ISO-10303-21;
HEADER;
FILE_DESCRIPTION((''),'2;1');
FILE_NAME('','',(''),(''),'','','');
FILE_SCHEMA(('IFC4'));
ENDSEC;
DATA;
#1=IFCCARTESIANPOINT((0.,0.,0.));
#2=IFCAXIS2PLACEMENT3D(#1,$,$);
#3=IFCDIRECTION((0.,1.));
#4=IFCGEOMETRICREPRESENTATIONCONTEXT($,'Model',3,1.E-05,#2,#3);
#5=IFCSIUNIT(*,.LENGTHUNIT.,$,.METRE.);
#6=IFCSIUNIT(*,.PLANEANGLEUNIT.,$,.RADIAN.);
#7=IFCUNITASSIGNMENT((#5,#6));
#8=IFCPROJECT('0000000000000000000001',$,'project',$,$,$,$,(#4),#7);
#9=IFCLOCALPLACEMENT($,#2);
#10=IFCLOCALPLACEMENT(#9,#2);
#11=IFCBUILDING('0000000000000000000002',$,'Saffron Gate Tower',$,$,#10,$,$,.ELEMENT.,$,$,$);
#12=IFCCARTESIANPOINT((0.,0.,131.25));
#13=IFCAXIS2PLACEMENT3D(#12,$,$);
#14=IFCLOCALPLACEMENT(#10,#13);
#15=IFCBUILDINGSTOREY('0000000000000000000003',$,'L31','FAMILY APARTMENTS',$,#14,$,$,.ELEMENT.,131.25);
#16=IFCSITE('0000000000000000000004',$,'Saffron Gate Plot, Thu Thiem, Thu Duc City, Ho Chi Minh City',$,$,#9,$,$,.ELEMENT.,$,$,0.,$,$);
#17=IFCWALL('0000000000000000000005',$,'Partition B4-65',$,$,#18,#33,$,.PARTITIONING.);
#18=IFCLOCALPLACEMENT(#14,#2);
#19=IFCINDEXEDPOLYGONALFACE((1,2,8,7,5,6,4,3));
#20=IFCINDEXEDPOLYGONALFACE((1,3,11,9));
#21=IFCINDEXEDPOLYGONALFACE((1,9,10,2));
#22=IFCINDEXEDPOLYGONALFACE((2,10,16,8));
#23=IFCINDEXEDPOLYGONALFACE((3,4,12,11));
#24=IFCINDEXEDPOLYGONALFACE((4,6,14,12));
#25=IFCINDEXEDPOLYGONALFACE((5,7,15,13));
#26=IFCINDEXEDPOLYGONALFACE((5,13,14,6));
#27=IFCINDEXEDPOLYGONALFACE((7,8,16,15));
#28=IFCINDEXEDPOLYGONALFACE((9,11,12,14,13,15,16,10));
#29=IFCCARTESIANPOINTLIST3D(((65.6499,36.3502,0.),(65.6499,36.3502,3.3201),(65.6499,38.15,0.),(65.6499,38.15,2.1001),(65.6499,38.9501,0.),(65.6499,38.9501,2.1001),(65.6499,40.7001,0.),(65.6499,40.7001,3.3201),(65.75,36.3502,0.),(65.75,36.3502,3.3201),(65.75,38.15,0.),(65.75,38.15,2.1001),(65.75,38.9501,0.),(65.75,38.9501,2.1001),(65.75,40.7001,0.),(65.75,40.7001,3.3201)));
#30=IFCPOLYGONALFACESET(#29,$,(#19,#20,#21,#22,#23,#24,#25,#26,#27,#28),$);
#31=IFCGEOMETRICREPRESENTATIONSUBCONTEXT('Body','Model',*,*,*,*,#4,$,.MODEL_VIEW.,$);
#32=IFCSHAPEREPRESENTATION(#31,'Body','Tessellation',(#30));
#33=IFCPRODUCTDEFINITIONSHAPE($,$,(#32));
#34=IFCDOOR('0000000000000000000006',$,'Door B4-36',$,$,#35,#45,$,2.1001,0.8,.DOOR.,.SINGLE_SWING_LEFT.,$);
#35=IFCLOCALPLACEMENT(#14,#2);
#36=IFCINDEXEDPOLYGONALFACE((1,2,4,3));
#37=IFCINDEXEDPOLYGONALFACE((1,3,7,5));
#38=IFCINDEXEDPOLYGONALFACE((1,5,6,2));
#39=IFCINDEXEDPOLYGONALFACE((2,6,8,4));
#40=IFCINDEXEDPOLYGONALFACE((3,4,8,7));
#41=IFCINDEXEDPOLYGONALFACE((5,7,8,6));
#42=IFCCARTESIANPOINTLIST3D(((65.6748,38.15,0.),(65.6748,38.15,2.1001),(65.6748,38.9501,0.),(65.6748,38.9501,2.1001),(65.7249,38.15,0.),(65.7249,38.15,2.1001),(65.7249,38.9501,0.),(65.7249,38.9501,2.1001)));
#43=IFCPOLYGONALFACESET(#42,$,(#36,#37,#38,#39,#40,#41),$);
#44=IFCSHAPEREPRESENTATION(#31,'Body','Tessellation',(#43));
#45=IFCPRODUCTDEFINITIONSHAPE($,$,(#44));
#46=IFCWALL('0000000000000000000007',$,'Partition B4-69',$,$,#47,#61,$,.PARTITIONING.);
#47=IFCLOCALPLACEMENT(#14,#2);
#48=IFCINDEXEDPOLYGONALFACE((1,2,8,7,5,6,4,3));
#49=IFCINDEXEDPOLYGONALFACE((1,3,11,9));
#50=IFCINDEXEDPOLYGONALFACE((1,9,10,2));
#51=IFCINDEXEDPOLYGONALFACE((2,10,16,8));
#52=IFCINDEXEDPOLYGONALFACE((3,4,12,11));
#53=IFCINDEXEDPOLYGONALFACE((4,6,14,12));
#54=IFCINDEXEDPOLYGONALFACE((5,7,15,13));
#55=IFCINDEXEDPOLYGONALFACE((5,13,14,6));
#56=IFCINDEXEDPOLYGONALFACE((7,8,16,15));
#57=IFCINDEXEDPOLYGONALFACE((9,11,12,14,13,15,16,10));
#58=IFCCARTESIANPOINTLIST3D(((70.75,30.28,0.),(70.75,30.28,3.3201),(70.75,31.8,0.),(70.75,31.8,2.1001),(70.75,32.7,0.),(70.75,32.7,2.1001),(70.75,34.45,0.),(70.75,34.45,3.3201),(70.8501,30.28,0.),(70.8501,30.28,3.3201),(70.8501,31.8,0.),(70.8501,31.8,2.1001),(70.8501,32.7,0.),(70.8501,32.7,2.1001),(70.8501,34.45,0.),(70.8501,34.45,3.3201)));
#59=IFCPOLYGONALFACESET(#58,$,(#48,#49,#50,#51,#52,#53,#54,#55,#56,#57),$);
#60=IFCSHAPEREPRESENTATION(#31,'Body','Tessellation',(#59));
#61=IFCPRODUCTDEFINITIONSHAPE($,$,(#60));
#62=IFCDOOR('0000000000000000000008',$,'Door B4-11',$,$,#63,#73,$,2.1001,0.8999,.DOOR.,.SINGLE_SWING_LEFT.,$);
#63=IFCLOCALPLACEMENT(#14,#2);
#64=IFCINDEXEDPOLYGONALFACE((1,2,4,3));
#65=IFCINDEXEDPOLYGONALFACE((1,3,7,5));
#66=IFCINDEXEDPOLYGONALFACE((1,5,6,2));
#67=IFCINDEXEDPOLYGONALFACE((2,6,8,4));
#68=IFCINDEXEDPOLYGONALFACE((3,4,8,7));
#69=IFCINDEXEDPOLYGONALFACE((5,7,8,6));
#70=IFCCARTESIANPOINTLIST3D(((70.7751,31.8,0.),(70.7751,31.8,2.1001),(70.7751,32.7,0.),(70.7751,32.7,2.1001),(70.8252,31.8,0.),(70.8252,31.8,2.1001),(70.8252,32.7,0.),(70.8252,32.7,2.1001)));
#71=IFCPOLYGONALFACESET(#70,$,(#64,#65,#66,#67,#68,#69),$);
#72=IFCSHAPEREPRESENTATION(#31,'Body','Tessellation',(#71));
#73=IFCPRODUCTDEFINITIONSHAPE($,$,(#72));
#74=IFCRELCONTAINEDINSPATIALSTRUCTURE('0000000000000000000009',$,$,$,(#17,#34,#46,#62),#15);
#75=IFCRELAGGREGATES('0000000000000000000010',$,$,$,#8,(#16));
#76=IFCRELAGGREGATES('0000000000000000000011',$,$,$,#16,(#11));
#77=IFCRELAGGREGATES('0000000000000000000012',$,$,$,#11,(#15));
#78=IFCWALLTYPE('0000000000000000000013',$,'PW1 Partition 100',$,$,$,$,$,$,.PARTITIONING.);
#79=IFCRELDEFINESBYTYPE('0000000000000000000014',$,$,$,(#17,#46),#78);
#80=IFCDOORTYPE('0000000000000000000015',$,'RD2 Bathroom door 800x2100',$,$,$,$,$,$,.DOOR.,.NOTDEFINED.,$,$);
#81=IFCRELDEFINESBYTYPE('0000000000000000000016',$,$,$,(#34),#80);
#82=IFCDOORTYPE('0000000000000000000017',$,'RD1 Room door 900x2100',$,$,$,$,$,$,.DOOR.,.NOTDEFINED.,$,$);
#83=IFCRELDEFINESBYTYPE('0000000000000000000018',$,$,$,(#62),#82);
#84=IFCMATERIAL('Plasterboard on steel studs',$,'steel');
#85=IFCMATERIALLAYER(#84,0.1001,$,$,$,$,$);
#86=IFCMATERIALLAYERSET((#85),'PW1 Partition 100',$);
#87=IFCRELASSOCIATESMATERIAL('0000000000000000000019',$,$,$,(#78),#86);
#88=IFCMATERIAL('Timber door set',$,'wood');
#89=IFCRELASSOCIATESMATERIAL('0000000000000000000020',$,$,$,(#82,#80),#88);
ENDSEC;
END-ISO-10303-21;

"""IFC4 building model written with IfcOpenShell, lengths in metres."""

from ifc_helpers import new_model, si_unit, direction, frame, frame_2d, origin, place, context, subcontext, project, spatial, rectangle, extrude, material, layer, layer_set, type_object, element, fill, save


model = new_model("IFC4")

# Units and contexts
model_context = context("Model", 3, precision=1e-05, world=origin(), true_north=direction((0.0, 1.0)))
body_context = subcontext(model_context, "Body", "Model", "MODEL_VIEW")
ifc_project = project(units=[si_unit("LENGTHUNIT", "METRE"), si_unit("PLANEANGLEUNIT", "RADIAN")], contexts=[model_context])

# Site, building, storey
site_placement = place(None, origin())
site = spatial("IfcSite", under=ifc_project, at=site_placement, Name="Saffron Gate Plot, Thu Thiem, Thu Duc City, Ho Chi Minh City", CompositionType="ELEMENT", RefElevation=0.0)
building_placement = place(site_placement, origin())
building = spatial("IfcBuilding", under=site, at=building_placement, Name="Saffron Gate Tower", CompositionType="ELEMENT")
storey_placement = place(building_placement, frame((0.0, 0.0, 131.25)))
storey = spatial("IfcBuildingStorey", under=building, at=storey_placement, Name="L31", Description="FAMILY APARTMENTS", CompositionType="ELEMENT", Elevation=131.25)

# Shared definitions
ifc_material_1 = material(Name="Plasterboard on steel studs", Category="steel")
ifc_layer = layer(ifc_material_1, 0.1001)
ifc_layer_set = layer_set([ifc_layer], Name="PW1 Partition 100")
wall_type = type_object("IfcWallType", Name="PW1 Partition 100", PredefinedType="PARTITIONING", material=ifc_layer_set)
ifc_material_2 = material(Name="Timber door set", Category="wood")
door_type_1 = type_object("IfcDoorType", Name="RD1 Room door 900x2100", OperationType="NOTDEFINED", PredefinedType="DOOR", material=ifc_material_2)

# Shared definitions
door_type_2 = type_object("IfcDoorType", Name="RD2 Bathroom door 800x2100", OperationType="NOTDEFINED", PredefinedType="DOOR", material=ifc_material_2)

# Walls, openings, doors
wall_1_placement = place(storey_placement, frame((65.7, 40.7, 0.0), z_axis=(0.0, 0.0, 1.0), x_axis=(0.0, -1.0, 0.0)))
wall_1 = element("IfcWall", 1, at=wall_1_placement, inside=storey, type_object=wall_type, Name="Partition B4-65", PredefinedType="PARTITIONING", context=body_context, shape_type="SweptSolid", body=[
    extrude(rectangle(XDim=4.3499, YDim=0.1001, at=frame_2d((2.1748, 0.0))), origin(), (0.0, 0.0, 1.0), 3.3201),
])
opening_1_placement = place(wall_1_placement, frame((1.75, 0.0, 0.0)))
opening_1 = element("IfcOpeningElement", 2, at=opening_1_placement, cuts=wall_1, PredefinedType="OPENING", context=body_context, shape_type="SweptSolid", body=[
    extrude(rectangle(XDim=0.8, YDim=2.1001, at=frame_2d((0.3999, 1.05))), frame((0.0, 0.0601, 0.0), z_axis=(0.0, -1.0, 0.0), x_axis=(1.0, 0.0, 0.0)), (0.0, 0.0, 1.0), 0.1201),
])
door_1_placement = place(opening_1_placement, origin())
door_1 = element("IfcDoor", 3, at=door_1_placement, inside=storey, type_object=door_type_2, Name="Door B4-36", OperationType="SINGLE_SWING_LEFT", OverallHeight=2.1001, OverallWidth=0.8, PredefinedType="DOOR", context=body_context, shape_type="SweptSolid", body=[
    extrude(rectangle(XDim=0.8, YDim=2.1001, at=frame_2d((0.3999, 1.05))), frame((0.0, 0.0249, 0.0), z_axis=(0.0, -1.0, 0.0), x_axis=(1.0, 0.0, 0.0)), (0.0, 0.0, 1.0), 0.05),
])
fill(opening_1, door_1)
wall_2_placement = place(storey_placement, frame((70.8, 30.28, 0.0), z_axis=(0.0, 0.0, 1.0), x_axis=(0.0, 1.0, 0.0)))
wall_2 = element("IfcWall", 4, at=wall_2_placement, inside=storey, type_object=wall_type, Name="Partition B4-69", PredefinedType="PARTITIONING", context=body_context, shape_type="SweptSolid", body=[
    extrude(rectangle(XDim=4.1699, YDim=0.1001, at=frame_2d((2.085, 0.0))), origin(), (0.0, 0.0, 1.0), 3.3201),
])
opening_2_placement = place(wall_2_placement, frame((1.52, 0.0, 0.0)))
opening_2 = element("IfcOpeningElement", 5, at=opening_2_placement, cuts=wall_2, PredefinedType="OPENING", context=body_context, shape_type="SweptSolid", body=[
    extrude(rectangle(XDim=0.8999, YDim=2.1001, at=frame_2d((0.45, 1.05))), frame((0.0, 0.0601, 0.0), z_axis=(0.0, -1.0, 0.0), x_axis=(1.0, 0.0, 0.0)), (0.0, 0.0, 1.0), 0.1201),
])
door_2_placement = place(opening_2_placement, origin())
door_2 = element("IfcDoor", 6, at=door_2_placement, inside=storey, type_object=door_type_1, Name="Door B4-11", OperationType="SINGLE_SWING_LEFT", OverallHeight=2.1001, OverallWidth=0.8999, PredefinedType="DOOR", context=body_context, shape_type="SweptSolid", body=[
    extrude(rectangle(XDim=0.8999, YDim=2.1001, at=frame_2d((0.45, 1.05))), frame((0.0, 0.0249, 0.0), z_axis=(0.0, -1.0, 0.0), x_axis=(1.0, 0.0, 0.0)), (0.0, 0.0, 1.0), 0.05),
])
fill(opening_2, door_2)

save(model, "model.ifc")
